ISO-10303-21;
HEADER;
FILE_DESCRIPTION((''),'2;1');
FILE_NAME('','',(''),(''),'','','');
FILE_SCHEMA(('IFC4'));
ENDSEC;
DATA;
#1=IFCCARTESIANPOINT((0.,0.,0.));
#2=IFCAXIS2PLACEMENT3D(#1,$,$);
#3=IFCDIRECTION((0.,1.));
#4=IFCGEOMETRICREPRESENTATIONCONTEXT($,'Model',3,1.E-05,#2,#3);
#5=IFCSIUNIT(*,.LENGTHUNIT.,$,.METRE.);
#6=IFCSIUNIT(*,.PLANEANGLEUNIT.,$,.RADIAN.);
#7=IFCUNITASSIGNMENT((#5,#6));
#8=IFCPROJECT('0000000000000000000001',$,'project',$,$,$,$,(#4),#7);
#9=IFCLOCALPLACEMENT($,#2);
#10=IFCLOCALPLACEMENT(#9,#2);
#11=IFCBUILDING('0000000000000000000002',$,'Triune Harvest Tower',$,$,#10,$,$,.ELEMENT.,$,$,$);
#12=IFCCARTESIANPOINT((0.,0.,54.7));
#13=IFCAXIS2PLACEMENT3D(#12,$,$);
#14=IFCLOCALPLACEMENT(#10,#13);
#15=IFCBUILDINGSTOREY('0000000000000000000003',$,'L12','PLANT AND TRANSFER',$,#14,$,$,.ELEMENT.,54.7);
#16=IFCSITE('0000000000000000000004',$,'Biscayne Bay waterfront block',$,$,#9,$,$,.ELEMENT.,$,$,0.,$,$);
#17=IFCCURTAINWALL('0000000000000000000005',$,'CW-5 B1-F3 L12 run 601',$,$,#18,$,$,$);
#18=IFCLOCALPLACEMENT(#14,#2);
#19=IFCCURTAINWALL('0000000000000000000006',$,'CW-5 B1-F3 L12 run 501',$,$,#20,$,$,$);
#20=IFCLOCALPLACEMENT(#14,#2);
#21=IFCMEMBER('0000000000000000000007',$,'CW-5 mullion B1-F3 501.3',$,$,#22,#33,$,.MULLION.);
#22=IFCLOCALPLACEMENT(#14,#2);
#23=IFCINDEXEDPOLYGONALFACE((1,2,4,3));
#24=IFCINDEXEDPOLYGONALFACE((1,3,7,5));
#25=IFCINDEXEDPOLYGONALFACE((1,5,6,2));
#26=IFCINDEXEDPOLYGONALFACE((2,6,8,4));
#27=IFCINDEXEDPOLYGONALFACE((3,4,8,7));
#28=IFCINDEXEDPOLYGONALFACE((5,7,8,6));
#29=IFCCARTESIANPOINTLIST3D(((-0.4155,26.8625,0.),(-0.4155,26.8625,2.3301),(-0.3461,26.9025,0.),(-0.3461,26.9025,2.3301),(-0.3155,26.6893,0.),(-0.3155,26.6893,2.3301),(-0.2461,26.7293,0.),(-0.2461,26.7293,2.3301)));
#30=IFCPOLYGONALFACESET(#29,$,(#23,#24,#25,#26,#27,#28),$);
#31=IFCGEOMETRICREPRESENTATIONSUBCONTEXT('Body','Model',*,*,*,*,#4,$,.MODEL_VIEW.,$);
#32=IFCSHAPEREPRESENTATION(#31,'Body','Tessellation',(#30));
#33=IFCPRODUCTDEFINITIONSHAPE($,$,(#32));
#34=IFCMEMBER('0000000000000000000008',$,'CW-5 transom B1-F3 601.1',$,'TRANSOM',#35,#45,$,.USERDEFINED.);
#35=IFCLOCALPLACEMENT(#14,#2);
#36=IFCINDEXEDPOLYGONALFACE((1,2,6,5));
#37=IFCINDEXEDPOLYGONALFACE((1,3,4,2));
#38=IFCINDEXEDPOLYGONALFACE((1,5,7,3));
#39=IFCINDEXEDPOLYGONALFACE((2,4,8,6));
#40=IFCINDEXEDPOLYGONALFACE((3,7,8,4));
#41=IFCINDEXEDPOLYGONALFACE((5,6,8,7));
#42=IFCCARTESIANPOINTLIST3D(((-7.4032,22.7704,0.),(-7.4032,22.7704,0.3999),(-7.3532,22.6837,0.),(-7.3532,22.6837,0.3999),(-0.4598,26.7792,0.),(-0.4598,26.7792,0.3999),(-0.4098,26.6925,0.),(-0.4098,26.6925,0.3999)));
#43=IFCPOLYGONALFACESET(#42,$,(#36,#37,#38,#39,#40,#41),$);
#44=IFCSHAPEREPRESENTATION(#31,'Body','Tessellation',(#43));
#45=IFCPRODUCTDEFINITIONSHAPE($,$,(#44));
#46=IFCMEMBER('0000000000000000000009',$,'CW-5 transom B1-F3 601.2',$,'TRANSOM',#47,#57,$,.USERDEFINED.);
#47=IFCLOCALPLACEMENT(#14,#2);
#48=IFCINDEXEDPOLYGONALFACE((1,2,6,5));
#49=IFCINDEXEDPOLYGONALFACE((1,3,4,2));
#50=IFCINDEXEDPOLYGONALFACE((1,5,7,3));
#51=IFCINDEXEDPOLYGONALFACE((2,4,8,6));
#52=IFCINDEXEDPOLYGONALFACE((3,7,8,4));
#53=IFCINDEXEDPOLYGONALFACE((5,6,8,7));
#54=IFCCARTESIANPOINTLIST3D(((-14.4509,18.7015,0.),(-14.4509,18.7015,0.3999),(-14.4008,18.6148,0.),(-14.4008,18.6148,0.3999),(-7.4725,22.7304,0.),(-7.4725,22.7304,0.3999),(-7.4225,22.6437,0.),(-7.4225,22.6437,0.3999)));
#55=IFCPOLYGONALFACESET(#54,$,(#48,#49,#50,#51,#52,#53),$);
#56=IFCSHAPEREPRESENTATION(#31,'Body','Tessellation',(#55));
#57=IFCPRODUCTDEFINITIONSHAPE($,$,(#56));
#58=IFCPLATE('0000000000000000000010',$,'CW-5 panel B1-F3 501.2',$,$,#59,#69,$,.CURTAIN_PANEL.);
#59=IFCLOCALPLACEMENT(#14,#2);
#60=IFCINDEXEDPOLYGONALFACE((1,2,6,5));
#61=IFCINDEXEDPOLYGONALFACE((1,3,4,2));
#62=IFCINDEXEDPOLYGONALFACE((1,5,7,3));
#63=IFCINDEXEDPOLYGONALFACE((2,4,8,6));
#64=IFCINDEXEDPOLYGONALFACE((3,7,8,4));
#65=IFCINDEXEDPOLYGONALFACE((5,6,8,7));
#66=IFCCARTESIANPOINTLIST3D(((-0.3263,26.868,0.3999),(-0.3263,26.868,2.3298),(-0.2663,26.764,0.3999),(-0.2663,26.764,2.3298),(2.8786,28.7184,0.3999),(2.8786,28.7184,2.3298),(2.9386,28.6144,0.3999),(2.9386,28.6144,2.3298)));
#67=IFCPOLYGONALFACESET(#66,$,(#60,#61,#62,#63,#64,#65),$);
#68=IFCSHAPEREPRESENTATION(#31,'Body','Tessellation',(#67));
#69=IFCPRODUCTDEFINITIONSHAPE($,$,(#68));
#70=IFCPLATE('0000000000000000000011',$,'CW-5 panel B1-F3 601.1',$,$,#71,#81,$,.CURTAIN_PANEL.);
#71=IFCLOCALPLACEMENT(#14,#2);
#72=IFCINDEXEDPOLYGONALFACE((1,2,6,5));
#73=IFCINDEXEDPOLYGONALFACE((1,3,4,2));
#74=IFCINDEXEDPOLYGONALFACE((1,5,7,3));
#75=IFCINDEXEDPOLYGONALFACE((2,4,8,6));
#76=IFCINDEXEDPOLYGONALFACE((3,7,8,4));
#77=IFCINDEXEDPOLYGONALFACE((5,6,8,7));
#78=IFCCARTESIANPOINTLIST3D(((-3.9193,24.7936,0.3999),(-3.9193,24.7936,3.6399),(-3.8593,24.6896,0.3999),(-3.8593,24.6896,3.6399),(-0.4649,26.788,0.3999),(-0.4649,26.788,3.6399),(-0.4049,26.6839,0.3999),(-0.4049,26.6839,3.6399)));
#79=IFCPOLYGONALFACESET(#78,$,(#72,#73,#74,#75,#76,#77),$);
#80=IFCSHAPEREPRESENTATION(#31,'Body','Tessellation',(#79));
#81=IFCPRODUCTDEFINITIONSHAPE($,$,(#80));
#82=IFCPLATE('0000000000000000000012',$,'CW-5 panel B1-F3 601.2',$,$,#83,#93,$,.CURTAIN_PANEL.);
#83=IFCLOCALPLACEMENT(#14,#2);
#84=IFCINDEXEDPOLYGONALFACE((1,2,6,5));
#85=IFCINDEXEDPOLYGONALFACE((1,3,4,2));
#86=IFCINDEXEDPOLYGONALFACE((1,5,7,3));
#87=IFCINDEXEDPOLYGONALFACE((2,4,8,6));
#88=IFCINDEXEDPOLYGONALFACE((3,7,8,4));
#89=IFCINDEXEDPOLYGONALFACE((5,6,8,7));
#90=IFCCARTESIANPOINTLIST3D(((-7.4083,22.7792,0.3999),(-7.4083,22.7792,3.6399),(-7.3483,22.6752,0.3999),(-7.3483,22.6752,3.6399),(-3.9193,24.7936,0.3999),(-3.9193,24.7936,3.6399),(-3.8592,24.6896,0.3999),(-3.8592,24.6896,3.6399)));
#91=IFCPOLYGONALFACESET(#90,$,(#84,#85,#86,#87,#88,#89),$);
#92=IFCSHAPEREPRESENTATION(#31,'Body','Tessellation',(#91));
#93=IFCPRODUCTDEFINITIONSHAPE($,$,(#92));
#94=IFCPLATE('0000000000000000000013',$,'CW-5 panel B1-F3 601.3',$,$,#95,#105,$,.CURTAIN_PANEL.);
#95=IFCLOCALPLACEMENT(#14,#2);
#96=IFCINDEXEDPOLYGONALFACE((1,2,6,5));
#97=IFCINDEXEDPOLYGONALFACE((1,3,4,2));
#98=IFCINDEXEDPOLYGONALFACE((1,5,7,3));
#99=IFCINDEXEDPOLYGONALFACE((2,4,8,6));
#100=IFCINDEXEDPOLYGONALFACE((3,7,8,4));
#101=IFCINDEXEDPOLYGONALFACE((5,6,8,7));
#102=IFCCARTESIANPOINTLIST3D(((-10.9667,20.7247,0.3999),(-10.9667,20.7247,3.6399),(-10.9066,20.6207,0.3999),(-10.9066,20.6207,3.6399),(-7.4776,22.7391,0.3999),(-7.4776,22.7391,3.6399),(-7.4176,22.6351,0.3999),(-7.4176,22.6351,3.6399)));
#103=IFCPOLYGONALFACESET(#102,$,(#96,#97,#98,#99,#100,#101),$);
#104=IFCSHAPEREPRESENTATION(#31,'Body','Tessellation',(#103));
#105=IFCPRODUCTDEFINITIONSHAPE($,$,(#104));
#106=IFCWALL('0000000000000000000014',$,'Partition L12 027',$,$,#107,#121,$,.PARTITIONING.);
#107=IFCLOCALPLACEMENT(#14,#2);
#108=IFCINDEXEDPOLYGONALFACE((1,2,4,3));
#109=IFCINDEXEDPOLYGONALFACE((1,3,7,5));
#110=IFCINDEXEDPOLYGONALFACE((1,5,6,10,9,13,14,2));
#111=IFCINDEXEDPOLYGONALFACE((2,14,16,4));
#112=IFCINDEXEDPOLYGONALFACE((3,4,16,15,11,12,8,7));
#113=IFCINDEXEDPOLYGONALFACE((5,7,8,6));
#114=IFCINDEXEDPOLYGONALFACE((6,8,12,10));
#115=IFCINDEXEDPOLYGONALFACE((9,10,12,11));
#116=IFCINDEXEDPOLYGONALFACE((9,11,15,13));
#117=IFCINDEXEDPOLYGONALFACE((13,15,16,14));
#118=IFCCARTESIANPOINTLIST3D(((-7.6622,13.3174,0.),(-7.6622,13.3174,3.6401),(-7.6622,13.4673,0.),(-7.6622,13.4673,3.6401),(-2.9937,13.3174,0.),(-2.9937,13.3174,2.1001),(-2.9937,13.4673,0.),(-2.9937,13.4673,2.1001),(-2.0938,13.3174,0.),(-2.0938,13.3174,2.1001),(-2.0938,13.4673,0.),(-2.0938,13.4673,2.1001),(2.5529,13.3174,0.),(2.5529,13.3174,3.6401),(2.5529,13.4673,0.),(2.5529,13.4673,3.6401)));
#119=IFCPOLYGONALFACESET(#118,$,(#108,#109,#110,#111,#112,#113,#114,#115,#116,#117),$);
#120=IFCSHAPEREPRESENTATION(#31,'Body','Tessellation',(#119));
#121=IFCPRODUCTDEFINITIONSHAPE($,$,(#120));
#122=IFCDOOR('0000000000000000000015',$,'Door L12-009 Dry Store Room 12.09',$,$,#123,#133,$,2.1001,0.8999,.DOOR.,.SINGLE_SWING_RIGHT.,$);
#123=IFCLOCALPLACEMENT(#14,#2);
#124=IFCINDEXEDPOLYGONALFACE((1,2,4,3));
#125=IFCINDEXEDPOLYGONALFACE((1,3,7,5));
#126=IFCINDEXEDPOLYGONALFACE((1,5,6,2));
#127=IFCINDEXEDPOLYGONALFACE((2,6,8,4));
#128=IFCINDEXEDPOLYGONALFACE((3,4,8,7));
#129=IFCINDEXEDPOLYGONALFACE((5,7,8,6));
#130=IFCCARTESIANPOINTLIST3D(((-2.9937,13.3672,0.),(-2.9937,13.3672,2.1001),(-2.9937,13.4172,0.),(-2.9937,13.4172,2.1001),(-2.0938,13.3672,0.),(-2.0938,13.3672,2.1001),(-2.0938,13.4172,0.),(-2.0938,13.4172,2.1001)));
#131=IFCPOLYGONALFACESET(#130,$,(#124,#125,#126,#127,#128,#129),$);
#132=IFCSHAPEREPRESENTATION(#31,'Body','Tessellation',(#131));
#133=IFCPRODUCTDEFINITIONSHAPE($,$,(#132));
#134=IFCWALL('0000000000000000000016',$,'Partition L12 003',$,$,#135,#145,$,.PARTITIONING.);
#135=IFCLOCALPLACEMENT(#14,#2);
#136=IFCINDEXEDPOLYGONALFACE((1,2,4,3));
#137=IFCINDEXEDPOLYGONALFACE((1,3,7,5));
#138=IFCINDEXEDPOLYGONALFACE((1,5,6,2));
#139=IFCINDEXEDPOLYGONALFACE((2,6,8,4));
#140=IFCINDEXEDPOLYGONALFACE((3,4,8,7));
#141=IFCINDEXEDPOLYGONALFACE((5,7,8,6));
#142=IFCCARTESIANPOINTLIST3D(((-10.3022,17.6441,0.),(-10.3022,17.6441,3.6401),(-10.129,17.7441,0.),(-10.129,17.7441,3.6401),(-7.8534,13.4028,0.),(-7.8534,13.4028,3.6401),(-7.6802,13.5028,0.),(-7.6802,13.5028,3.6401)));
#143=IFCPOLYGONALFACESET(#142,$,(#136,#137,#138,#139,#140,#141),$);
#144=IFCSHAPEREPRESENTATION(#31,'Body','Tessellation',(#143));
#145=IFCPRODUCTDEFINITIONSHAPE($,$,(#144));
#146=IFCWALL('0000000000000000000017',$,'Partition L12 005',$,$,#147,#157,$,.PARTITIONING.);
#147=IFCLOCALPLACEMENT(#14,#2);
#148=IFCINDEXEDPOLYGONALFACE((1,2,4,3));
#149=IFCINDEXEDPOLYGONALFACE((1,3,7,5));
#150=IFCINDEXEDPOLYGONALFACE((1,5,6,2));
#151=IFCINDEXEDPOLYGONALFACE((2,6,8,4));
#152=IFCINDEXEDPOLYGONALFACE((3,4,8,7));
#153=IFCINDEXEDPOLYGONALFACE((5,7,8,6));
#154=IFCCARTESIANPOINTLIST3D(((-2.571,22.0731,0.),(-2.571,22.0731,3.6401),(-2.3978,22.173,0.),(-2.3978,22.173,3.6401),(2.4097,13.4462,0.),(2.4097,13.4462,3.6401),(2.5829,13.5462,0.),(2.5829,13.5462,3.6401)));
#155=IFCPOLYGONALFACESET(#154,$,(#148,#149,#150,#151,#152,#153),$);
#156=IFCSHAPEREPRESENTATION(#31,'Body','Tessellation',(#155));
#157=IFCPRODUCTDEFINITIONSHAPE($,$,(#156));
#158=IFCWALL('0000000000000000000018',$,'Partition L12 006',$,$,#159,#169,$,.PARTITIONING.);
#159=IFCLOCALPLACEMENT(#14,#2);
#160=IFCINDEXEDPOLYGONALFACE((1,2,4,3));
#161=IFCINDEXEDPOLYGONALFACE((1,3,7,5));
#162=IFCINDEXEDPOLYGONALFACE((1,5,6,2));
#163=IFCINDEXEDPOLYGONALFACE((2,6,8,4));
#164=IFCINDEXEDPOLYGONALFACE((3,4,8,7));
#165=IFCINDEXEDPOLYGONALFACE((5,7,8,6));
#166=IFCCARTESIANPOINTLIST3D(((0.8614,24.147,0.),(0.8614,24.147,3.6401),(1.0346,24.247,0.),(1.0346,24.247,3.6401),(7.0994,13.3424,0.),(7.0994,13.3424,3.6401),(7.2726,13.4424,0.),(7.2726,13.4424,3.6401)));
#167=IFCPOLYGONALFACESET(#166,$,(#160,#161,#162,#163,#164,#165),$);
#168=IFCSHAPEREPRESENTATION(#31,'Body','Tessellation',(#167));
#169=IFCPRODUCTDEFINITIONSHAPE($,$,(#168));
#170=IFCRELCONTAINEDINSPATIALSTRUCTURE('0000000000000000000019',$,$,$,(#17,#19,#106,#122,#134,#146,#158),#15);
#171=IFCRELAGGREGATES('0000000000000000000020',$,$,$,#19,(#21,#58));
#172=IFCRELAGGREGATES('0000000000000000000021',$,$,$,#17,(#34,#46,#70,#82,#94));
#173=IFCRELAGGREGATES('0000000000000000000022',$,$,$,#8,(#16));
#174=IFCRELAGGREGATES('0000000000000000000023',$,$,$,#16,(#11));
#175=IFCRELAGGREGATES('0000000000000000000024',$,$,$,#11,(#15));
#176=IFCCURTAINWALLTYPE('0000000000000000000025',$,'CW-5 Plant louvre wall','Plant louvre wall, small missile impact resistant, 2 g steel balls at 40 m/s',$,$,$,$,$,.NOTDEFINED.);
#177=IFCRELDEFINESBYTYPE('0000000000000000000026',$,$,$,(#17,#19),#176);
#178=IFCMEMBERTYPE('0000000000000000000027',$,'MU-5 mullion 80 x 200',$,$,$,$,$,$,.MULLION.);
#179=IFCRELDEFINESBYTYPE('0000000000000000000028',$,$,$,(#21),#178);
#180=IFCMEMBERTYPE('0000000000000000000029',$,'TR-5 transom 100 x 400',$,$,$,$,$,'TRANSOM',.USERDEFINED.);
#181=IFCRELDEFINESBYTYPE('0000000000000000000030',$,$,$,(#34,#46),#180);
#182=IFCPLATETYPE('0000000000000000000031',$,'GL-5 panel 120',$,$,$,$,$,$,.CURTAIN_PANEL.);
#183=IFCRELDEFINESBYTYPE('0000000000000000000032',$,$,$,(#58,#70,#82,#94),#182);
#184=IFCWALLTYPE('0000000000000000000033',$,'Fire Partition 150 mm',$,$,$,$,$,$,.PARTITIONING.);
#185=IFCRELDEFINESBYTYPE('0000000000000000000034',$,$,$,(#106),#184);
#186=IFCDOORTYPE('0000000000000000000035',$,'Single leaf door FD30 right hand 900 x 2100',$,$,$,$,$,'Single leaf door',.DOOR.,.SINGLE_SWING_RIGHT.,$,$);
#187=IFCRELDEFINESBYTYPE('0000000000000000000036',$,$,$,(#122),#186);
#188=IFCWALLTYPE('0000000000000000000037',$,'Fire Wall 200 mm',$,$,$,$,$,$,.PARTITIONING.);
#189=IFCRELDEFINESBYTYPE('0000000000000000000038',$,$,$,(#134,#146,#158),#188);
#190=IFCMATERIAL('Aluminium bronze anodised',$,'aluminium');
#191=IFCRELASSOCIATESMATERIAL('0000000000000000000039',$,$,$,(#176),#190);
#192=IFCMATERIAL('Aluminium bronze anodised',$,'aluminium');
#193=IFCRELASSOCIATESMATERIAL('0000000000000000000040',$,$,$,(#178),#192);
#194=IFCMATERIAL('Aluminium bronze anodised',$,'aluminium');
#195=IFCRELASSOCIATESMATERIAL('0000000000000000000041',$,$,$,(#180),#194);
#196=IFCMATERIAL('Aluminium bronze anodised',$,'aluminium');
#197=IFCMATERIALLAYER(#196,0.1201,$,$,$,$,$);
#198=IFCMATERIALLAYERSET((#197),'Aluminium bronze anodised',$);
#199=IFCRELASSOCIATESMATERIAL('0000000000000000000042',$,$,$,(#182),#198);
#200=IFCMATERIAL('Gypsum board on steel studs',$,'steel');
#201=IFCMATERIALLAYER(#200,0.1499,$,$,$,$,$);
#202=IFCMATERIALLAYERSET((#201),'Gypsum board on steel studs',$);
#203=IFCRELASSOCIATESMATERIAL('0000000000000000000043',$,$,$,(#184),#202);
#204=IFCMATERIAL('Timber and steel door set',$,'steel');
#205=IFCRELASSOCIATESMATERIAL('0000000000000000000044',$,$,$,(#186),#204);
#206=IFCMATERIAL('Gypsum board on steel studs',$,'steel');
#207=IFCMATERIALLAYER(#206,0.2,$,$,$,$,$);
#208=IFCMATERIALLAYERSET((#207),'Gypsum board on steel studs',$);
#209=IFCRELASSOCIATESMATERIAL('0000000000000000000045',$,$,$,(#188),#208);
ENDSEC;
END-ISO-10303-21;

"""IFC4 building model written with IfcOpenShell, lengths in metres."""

from ifc_helpers import new_model, si_unit, direction, frame, frame_2d, origin, origin_2d, place, context, subcontext, project, spatial, rectangle, extrude, source, transform, mapped, material, layer, layer_set, material_profile, profile_set, type_object, element, fill, aggregate, save


model = new_model("IFC4")

# Units and contexts
model_context = context("Model", 3, precision=1e-05, world=origin(), true_north=direction((0.0, 1.0)))
body_context = subcontext(model_context, "Body", "Model", "MODEL_VIEW")
ifc_project = project(units=[si_unit("LENGTHUNIT", "METRE"), si_unit("PLANEANGLEUNIT", "RADIAN")], contexts=[model_context])

# Site, building, storey
site_placement = place(None, origin())
site = spatial("IfcSite", under=ifc_project, at=site_placement, Name="Biscayne Bay waterfront block", CompositionType="ELEMENT", RefElevation=0.0)
building_placement = place(site_placement, origin())
building = spatial("IfcBuilding", under=site, at=building_placement, Name="Triune Harvest Tower", CompositionType="ELEMENT")
storey_placement = place(building_placement, frame((0.0, 0.0, 54.7)))
storey = spatial("IfcBuildingStorey", under=building, at=storey_placement, Name="L12", Description="PLANT AND TRANSFER", CompositionType="ELEMENT", Elevation=54.7)

# Curtain wall
ifc_material_1 = material(Name="Aluminium bronze anodised", Category="aluminium")
curtain_wall_type = type_object("IfcCurtainWallType", Name="CW-5 Plant louvre wall", Description="Plant louvre wall, small missile impact resistant, 2 g steel balls at 40 m/s", PredefinedType="NOTDEFINED", material=ifc_material_1)
curtain_wall_1_placement = place(storey_placement, origin())
curtain_wall_1 = element("IfcCurtainWall", 1, at=curtain_wall_1_placement, inside=storey, type_object=curtain_wall_type, Name="CW-5 B1-F3 L12 run 601")
ifc_material_2 = material(Name="Aluminium bronze anodised", Category="aluminium")
ifc_material_profile_1 = material_profile(ifc_material_2, rectangle(XDim=0.2, YDim=0.0801, at=origin_2d()), Name="MU-5 mullion 80 x 200")
ifc_profile_set_1 = profile_set([ifc_material_profile_1], Name="Aluminium bronze anodised")
member_type_1 = type_object("IfcMemberType", Name="MU-5 mullion 80 x 200", PredefinedType="MULLION", material=ifc_profile_set_1)

# Curtain wall, member
curtain_wall_2_placement = place(storey_placement, origin())
curtain_wall_2 = element("IfcCurtainWall", 2, at=curtain_wall_2_placement, inside=storey, type_object=curtain_wall_type, Name="CW-5 B1-F3 L12 run 501")
shared_shape_1 = source(origin(), body_context, "Body", "SweptSolid", [
    extrude(rectangle(XDim=0.2, YDim=0.0801, at=origin_2d()), origin(), (0.0, 0.0, 1.0), 2.3301),
])
member_1_placement = place(storey_placement, frame((-0.3308, 26.7959, 0.0), z_axis=(0.0, 0.0, 1.0), x_axis=(0.500002, -0.866024, 0.0)))
member_1 = element("IfcMember", 3, at=member_1_placement, type_object=member_type_1, Name="CW-5 mullion B1-F3 501.3", PredefinedType="MULLION", context=body_context, shape_type="MappedRepresentation", body=[
    mapped(shared_shape_1, transform((0.0, 0.0, 0.0), scale=1.0)),
])

# Members
ifc_material_3 = material(Name="Aluminium bronze anodised", Category="aluminium")
ifc_material_profile_2 = material_profile(ifc_material_3, rectangle(XDim=0.1001, YDim=0.3999, at=origin_2d()), Name="TR-5 transom 100 x 400")
ifc_profile_set_2 = profile_set([ifc_material_profile_2], Name="Aluminium bronze anodised")
member_type_2 = type_object("IfcMemberType", Name="TR-5 transom 100 x 400", ElementType="TRANSOM", PredefinedType="USERDEFINED", material=ifc_profile_set_2)
shared_shape_2 = source(origin(), body_context, "Body", "SweptSolid", [
    extrude(rectangle(XDim=0.1001, YDim=0.3999, at=origin_2d()), origin(), (0.0, 0.0, 1.0), 8.0176),
])
member_2_placement = place(storey_placement, frame((-0.4348, 26.7358, 0.2), z_axis=(-0.866023, -0.500004, 0.0), x_axis=(0.500004, -0.866023, 0.0)))
member_2 = element("IfcMember", 4, at=member_2_placement, type_object=member_type_2, Name="CW-5 transom B1-F3 601.1", ObjectType="TRANSOM", PredefinedType="USERDEFINED", context=body_context, shape_type="MappedRepresentation", body=[
    mapped(shared_shape_2, transform((0.0, 0.0, 0.0), scale=1.0)),
])
shared_shape_3 = source(origin(), body_context, "Body", "SweptSolid", [
    extrude(rectangle(XDim=0.1001, YDim=0.3999, at=origin_2d()), origin(), (0.0, 0.0, 1.0), 8.0579),
])
member_3_placement = place(storey_placement, frame((-7.4475, 22.687, 0.2), z_axis=(-0.866031, -0.499991, 0.0), x_axis=(0.499991, -0.866031, 0.0)))
member_3 = element("IfcMember", 5, at=member_3_placement, type_object=member_type_2, Name="CW-5 transom B1-F3 601.2", ObjectType="TRANSOM", PredefinedType="USERDEFINED", context=body_context, shape_type="MappedRepresentation", body=[
    mapped(shared_shape_3, transform((0.0, 0.0, 0.0), scale=1.0)),
])

# Plates
ifc_material_4 = material(Name="Aluminium bronze anodised", Category="aluminium")
ifc_layer_1 = layer(ifc_material_4, 0.1201)
ifc_layer_set_1 = layer_set([ifc_layer_1], Name="Aluminium bronze anodised")
plate_type = type_object("IfcPlateType", Name="GL-5 panel 120", PredefinedType="CURTAIN_PANEL", material=ifc_layer_set_1)
shared_shape_4 = source(origin(), body_context, "Body", "SweptSolid", [
    extrude(rectangle(XDim=3.7007, YDim=0.1201, at=origin_2d()), origin(), (0.0, 0.0, 1.0), 1.9299),
])
plate_1_placement = place(storey_placement, frame((1.3062, 27.7412, 0.3999), z_axis=(0.0, 0.0, 1.0), x_axis=(-0.866024, -0.500002, 0.0)))
plate_1 = element("IfcPlate", 6, at=plate_1_placement, type_object=plate_type, Name="CW-5 panel B1-F3 501.2", PredefinedType="CURTAIN_PANEL", context=body_context, shape_type="MappedRepresentation", body=[
    mapped(shared_shape_4, transform((0.0, 0.0, 0.0), scale=1.0)),
])
aggregate(curtain_wall_2, [member_1, plate_1])
shared_shape_5 = source(origin(), body_context, "Body", "SweptSolid", [
    extrude(rectangle(XDim=3.9888, YDim=0.1201, at=origin_2d()), origin(), (0.0, 0.0, 1.0), 3.24),
])
plate_2_placement = place(storey_placement, frame((-2.1621, 25.7388, 0.3999), z_axis=(0.0, 0.0, 1.0), x_axis=(-0.866026, -0.499999, 0.0)))
plate_2 = element("IfcPlate", 7, at=plate_2_placement, type_object=plate_type, Name="CW-5 panel B1-F3 601.1", PredefinedType="CURTAIN_PANEL", context=body_context, shape_type="MappedRepresentation", body=[
    mapped(shared_shape_5, transform((0.0, 0.0, 0.0), scale=1.0)),
])
shared_shape_6 = source(origin(), body_context, "Body", "SweptSolid", [
    extrude(rectangle(XDim=4.0288, YDim=0.1201, at=origin_2d()), origin(), (0.0, 0.0, 1.0), 3.24),
])
plate_3_placement = place(storey_placement, frame((-5.6338, 23.7344, 0.3999), z_axis=(0.0, 0.0, 1.0), x_axis=(-0.866026, -0.499999, 0.0)))
plate_3 = element("IfcPlate", 8, at=plate_3_placement, type_object=plate_type, Name="CW-5 panel B1-F3 601.2", PredefinedType="CURTAIN_PANEL", context=body_context, shape_type="MappedRepresentation", body=[
    mapped(shared_shape_6, transform((0.0, 0.0, 0.0), scale=1.0)),
])
plate_4_placement = place(storey_placement, frame((-9.1921, 21.6799, 0.3999), z_axis=(0.0, 0.0, 1.0), x_axis=(-0.866026, -0.499999, 0.0)))
plate_4 = element("IfcPlate", 9, at=plate_4_placement, type_object=plate_type, Name="CW-5 panel B1-F3 601.3", PredefinedType="CURTAIN_PANEL", context=body_context, shape_type="MappedRepresentation", body=[
    mapped(shared_shape_6, transform((0.0, 0.0, 0.0), scale=1.0)),
])
aggregate(curtain_wall_1, [member_2, member_3, plate_2, plate_3, plate_4])

# Wall, opening, door
ifc_material_5 = material(Name="Gypsum board on steel studs", Category="steel")
ifc_layer_2 = layer(ifc_material_5, 0.1499)
ifc_layer_set_2 = layer_set([ifc_layer_2], Name="Gypsum board on steel studs")
wall_type_1 = type_object("IfcWallType", Name="Fire Partition 150 mm", PredefinedType="PARTITIONING", material=ifc_layer_set_2)
wall_1_placement = place(storey_placement, frame((-7.6621, 13.3923, 0.0), z_axis=(0.0, 0.0, 1.0), x_axis=(1.0, 0.0, 0.0)))
wall_1 = element("IfcWall", 10, at=wall_1_placement, inside=storey, type_object=wall_type_1, Name="Partition L12 027", PredefinedType="PARTITIONING", context=body_context, shape_type="SweptSolid", body=[
    extrude(rectangle(XDim=10.2151, YDim=0.1499, at=frame_2d((5.1074, 0.0))), origin(), (0.0, 0.0, 1.0), 3.6401),
])
opening_1_placement = place(wall_1_placement, frame((4.6685, 0.0, 0.0)))
opening_1 = element("IfcOpeningElement", 11, at=opening_1_placement, cuts=wall_1, PredefinedType="OPENING", context=body_context, shape_type="SweptSolid", body=[
    extrude(rectangle(XDim=0.8999, YDim=2.1001, at=frame_2d((0.45, 1.05))), frame((0.0, 0.085, 0.0), z_axis=(0.0, -1.0, 0.0), x_axis=(1.0, 0.0, 0.0)), (0.0, 0.0, 1.0), 0.1699),
])
ifc_material_6 = material(Name="Timber and steel door set", Category="steel")
door_type_1 = type_object("IfcDoorType", Name="Single leaf door FD30 right hand 900 x 2100", ElementType="Single leaf door", OperationType="SINGLE_SWING_RIGHT", PredefinedType="DOOR", material=ifc_material_6)
door_1_placement = place(opening_1_placement, origin())
door_1 = element("IfcDoor", 12, at=door_1_placement, inside=storey, type_object=door_type_1, Name="Door L12-009 Dry Store Room 12.09", OperationType="SINGLE_SWING_RIGHT", OverallHeight=2.1001, OverallWidth=0.8999, PredefinedType="DOOR", context=body_context, shape_type="SweptSolid", body=[
    extrude(rectangle(XDim=0.8999, YDim=2.1001, at=frame_2d((0.45, 1.05))), frame((0.0, 0.0249, 0.0), z_axis=(0.0, -1.0, 0.0), x_axis=(1.0, 0.0, 0.0)), (0.0, 0.0, 1.0), 0.05),
])
fill(opening_1, door_1)

# Walls
ifc_material_7 = material(Name="Gypsum board on steel studs", Category="steel")
ifc_layer_3 = layer(ifc_material_7, 0.2)
ifc_layer_set_3 = layer_set([ifc_layer_3], Name="Gypsum board on steel studs")
wall_type_2 = type_object("IfcWallType", Name="Fire Wall 200 mm", PredefinedType="PARTITIONING", material=ifc_layer_set_3)
wall_2_placement = place(storey_placement, frame((-10.2156, 17.6941, 0.0), z_axis=(0.0, 0.0, 1.0), x_axis=(0.50001, -0.86602, 0.0)))
element("IfcWall", 13, at=wall_2_placement, inside=storey, type_object=wall_type_2, Name="Partition L12 003", PredefinedType="PARTITIONING", context=body_context, shape_type="SweptSolid", body=[
    extrude(rectangle(XDim=4.8975, YDim=0.2, at=frame_2d((2.4487, 0.0))), origin(), (0.0, 0.0, 1.0), 3.6401),
])
wall_3_placement = place(storey_placement, frame((-2.4844, 22.123, 0.0), z_axis=(0.0, 0.0, 1.0), x_axis=(0.499995, -0.866028, 0.0)))
element("IfcWall", 14, at=wall_3_placement, inside=storey, type_object=wall_type_2, Name="Partition L12 005", PredefinedType="PARTITIONING", context=body_context, shape_type="SweptSolid", body=[
    extrude(rectangle(XDim=9.9614, YDim=0.2, at=frame_2d((4.9807, 0.0))), origin(), (0.0, 0.0, 1.0), 3.6401),
])
wall_4_placement = place(storey_placement, frame((0.948, 24.197, 0.0), z_axis=(0.0, 0.0, 1.0), x_axis=(0.499997, -0.866027, 0.0)))
element("IfcWall", 15, at=wall_4_placement, inside=storey, type_object=wall_type_2, Name="Partition L12 006", PredefinedType="PARTITIONING", context=body_context, shape_type="SweptSolid", body=[
    extrude(rectangle(XDim=12.4761, YDim=0.2, at=frame_2d((6.238, 0.0))), origin(), (0.0, 0.0, 1.0), 3.6401),
])

save(model, "model.ifc")
